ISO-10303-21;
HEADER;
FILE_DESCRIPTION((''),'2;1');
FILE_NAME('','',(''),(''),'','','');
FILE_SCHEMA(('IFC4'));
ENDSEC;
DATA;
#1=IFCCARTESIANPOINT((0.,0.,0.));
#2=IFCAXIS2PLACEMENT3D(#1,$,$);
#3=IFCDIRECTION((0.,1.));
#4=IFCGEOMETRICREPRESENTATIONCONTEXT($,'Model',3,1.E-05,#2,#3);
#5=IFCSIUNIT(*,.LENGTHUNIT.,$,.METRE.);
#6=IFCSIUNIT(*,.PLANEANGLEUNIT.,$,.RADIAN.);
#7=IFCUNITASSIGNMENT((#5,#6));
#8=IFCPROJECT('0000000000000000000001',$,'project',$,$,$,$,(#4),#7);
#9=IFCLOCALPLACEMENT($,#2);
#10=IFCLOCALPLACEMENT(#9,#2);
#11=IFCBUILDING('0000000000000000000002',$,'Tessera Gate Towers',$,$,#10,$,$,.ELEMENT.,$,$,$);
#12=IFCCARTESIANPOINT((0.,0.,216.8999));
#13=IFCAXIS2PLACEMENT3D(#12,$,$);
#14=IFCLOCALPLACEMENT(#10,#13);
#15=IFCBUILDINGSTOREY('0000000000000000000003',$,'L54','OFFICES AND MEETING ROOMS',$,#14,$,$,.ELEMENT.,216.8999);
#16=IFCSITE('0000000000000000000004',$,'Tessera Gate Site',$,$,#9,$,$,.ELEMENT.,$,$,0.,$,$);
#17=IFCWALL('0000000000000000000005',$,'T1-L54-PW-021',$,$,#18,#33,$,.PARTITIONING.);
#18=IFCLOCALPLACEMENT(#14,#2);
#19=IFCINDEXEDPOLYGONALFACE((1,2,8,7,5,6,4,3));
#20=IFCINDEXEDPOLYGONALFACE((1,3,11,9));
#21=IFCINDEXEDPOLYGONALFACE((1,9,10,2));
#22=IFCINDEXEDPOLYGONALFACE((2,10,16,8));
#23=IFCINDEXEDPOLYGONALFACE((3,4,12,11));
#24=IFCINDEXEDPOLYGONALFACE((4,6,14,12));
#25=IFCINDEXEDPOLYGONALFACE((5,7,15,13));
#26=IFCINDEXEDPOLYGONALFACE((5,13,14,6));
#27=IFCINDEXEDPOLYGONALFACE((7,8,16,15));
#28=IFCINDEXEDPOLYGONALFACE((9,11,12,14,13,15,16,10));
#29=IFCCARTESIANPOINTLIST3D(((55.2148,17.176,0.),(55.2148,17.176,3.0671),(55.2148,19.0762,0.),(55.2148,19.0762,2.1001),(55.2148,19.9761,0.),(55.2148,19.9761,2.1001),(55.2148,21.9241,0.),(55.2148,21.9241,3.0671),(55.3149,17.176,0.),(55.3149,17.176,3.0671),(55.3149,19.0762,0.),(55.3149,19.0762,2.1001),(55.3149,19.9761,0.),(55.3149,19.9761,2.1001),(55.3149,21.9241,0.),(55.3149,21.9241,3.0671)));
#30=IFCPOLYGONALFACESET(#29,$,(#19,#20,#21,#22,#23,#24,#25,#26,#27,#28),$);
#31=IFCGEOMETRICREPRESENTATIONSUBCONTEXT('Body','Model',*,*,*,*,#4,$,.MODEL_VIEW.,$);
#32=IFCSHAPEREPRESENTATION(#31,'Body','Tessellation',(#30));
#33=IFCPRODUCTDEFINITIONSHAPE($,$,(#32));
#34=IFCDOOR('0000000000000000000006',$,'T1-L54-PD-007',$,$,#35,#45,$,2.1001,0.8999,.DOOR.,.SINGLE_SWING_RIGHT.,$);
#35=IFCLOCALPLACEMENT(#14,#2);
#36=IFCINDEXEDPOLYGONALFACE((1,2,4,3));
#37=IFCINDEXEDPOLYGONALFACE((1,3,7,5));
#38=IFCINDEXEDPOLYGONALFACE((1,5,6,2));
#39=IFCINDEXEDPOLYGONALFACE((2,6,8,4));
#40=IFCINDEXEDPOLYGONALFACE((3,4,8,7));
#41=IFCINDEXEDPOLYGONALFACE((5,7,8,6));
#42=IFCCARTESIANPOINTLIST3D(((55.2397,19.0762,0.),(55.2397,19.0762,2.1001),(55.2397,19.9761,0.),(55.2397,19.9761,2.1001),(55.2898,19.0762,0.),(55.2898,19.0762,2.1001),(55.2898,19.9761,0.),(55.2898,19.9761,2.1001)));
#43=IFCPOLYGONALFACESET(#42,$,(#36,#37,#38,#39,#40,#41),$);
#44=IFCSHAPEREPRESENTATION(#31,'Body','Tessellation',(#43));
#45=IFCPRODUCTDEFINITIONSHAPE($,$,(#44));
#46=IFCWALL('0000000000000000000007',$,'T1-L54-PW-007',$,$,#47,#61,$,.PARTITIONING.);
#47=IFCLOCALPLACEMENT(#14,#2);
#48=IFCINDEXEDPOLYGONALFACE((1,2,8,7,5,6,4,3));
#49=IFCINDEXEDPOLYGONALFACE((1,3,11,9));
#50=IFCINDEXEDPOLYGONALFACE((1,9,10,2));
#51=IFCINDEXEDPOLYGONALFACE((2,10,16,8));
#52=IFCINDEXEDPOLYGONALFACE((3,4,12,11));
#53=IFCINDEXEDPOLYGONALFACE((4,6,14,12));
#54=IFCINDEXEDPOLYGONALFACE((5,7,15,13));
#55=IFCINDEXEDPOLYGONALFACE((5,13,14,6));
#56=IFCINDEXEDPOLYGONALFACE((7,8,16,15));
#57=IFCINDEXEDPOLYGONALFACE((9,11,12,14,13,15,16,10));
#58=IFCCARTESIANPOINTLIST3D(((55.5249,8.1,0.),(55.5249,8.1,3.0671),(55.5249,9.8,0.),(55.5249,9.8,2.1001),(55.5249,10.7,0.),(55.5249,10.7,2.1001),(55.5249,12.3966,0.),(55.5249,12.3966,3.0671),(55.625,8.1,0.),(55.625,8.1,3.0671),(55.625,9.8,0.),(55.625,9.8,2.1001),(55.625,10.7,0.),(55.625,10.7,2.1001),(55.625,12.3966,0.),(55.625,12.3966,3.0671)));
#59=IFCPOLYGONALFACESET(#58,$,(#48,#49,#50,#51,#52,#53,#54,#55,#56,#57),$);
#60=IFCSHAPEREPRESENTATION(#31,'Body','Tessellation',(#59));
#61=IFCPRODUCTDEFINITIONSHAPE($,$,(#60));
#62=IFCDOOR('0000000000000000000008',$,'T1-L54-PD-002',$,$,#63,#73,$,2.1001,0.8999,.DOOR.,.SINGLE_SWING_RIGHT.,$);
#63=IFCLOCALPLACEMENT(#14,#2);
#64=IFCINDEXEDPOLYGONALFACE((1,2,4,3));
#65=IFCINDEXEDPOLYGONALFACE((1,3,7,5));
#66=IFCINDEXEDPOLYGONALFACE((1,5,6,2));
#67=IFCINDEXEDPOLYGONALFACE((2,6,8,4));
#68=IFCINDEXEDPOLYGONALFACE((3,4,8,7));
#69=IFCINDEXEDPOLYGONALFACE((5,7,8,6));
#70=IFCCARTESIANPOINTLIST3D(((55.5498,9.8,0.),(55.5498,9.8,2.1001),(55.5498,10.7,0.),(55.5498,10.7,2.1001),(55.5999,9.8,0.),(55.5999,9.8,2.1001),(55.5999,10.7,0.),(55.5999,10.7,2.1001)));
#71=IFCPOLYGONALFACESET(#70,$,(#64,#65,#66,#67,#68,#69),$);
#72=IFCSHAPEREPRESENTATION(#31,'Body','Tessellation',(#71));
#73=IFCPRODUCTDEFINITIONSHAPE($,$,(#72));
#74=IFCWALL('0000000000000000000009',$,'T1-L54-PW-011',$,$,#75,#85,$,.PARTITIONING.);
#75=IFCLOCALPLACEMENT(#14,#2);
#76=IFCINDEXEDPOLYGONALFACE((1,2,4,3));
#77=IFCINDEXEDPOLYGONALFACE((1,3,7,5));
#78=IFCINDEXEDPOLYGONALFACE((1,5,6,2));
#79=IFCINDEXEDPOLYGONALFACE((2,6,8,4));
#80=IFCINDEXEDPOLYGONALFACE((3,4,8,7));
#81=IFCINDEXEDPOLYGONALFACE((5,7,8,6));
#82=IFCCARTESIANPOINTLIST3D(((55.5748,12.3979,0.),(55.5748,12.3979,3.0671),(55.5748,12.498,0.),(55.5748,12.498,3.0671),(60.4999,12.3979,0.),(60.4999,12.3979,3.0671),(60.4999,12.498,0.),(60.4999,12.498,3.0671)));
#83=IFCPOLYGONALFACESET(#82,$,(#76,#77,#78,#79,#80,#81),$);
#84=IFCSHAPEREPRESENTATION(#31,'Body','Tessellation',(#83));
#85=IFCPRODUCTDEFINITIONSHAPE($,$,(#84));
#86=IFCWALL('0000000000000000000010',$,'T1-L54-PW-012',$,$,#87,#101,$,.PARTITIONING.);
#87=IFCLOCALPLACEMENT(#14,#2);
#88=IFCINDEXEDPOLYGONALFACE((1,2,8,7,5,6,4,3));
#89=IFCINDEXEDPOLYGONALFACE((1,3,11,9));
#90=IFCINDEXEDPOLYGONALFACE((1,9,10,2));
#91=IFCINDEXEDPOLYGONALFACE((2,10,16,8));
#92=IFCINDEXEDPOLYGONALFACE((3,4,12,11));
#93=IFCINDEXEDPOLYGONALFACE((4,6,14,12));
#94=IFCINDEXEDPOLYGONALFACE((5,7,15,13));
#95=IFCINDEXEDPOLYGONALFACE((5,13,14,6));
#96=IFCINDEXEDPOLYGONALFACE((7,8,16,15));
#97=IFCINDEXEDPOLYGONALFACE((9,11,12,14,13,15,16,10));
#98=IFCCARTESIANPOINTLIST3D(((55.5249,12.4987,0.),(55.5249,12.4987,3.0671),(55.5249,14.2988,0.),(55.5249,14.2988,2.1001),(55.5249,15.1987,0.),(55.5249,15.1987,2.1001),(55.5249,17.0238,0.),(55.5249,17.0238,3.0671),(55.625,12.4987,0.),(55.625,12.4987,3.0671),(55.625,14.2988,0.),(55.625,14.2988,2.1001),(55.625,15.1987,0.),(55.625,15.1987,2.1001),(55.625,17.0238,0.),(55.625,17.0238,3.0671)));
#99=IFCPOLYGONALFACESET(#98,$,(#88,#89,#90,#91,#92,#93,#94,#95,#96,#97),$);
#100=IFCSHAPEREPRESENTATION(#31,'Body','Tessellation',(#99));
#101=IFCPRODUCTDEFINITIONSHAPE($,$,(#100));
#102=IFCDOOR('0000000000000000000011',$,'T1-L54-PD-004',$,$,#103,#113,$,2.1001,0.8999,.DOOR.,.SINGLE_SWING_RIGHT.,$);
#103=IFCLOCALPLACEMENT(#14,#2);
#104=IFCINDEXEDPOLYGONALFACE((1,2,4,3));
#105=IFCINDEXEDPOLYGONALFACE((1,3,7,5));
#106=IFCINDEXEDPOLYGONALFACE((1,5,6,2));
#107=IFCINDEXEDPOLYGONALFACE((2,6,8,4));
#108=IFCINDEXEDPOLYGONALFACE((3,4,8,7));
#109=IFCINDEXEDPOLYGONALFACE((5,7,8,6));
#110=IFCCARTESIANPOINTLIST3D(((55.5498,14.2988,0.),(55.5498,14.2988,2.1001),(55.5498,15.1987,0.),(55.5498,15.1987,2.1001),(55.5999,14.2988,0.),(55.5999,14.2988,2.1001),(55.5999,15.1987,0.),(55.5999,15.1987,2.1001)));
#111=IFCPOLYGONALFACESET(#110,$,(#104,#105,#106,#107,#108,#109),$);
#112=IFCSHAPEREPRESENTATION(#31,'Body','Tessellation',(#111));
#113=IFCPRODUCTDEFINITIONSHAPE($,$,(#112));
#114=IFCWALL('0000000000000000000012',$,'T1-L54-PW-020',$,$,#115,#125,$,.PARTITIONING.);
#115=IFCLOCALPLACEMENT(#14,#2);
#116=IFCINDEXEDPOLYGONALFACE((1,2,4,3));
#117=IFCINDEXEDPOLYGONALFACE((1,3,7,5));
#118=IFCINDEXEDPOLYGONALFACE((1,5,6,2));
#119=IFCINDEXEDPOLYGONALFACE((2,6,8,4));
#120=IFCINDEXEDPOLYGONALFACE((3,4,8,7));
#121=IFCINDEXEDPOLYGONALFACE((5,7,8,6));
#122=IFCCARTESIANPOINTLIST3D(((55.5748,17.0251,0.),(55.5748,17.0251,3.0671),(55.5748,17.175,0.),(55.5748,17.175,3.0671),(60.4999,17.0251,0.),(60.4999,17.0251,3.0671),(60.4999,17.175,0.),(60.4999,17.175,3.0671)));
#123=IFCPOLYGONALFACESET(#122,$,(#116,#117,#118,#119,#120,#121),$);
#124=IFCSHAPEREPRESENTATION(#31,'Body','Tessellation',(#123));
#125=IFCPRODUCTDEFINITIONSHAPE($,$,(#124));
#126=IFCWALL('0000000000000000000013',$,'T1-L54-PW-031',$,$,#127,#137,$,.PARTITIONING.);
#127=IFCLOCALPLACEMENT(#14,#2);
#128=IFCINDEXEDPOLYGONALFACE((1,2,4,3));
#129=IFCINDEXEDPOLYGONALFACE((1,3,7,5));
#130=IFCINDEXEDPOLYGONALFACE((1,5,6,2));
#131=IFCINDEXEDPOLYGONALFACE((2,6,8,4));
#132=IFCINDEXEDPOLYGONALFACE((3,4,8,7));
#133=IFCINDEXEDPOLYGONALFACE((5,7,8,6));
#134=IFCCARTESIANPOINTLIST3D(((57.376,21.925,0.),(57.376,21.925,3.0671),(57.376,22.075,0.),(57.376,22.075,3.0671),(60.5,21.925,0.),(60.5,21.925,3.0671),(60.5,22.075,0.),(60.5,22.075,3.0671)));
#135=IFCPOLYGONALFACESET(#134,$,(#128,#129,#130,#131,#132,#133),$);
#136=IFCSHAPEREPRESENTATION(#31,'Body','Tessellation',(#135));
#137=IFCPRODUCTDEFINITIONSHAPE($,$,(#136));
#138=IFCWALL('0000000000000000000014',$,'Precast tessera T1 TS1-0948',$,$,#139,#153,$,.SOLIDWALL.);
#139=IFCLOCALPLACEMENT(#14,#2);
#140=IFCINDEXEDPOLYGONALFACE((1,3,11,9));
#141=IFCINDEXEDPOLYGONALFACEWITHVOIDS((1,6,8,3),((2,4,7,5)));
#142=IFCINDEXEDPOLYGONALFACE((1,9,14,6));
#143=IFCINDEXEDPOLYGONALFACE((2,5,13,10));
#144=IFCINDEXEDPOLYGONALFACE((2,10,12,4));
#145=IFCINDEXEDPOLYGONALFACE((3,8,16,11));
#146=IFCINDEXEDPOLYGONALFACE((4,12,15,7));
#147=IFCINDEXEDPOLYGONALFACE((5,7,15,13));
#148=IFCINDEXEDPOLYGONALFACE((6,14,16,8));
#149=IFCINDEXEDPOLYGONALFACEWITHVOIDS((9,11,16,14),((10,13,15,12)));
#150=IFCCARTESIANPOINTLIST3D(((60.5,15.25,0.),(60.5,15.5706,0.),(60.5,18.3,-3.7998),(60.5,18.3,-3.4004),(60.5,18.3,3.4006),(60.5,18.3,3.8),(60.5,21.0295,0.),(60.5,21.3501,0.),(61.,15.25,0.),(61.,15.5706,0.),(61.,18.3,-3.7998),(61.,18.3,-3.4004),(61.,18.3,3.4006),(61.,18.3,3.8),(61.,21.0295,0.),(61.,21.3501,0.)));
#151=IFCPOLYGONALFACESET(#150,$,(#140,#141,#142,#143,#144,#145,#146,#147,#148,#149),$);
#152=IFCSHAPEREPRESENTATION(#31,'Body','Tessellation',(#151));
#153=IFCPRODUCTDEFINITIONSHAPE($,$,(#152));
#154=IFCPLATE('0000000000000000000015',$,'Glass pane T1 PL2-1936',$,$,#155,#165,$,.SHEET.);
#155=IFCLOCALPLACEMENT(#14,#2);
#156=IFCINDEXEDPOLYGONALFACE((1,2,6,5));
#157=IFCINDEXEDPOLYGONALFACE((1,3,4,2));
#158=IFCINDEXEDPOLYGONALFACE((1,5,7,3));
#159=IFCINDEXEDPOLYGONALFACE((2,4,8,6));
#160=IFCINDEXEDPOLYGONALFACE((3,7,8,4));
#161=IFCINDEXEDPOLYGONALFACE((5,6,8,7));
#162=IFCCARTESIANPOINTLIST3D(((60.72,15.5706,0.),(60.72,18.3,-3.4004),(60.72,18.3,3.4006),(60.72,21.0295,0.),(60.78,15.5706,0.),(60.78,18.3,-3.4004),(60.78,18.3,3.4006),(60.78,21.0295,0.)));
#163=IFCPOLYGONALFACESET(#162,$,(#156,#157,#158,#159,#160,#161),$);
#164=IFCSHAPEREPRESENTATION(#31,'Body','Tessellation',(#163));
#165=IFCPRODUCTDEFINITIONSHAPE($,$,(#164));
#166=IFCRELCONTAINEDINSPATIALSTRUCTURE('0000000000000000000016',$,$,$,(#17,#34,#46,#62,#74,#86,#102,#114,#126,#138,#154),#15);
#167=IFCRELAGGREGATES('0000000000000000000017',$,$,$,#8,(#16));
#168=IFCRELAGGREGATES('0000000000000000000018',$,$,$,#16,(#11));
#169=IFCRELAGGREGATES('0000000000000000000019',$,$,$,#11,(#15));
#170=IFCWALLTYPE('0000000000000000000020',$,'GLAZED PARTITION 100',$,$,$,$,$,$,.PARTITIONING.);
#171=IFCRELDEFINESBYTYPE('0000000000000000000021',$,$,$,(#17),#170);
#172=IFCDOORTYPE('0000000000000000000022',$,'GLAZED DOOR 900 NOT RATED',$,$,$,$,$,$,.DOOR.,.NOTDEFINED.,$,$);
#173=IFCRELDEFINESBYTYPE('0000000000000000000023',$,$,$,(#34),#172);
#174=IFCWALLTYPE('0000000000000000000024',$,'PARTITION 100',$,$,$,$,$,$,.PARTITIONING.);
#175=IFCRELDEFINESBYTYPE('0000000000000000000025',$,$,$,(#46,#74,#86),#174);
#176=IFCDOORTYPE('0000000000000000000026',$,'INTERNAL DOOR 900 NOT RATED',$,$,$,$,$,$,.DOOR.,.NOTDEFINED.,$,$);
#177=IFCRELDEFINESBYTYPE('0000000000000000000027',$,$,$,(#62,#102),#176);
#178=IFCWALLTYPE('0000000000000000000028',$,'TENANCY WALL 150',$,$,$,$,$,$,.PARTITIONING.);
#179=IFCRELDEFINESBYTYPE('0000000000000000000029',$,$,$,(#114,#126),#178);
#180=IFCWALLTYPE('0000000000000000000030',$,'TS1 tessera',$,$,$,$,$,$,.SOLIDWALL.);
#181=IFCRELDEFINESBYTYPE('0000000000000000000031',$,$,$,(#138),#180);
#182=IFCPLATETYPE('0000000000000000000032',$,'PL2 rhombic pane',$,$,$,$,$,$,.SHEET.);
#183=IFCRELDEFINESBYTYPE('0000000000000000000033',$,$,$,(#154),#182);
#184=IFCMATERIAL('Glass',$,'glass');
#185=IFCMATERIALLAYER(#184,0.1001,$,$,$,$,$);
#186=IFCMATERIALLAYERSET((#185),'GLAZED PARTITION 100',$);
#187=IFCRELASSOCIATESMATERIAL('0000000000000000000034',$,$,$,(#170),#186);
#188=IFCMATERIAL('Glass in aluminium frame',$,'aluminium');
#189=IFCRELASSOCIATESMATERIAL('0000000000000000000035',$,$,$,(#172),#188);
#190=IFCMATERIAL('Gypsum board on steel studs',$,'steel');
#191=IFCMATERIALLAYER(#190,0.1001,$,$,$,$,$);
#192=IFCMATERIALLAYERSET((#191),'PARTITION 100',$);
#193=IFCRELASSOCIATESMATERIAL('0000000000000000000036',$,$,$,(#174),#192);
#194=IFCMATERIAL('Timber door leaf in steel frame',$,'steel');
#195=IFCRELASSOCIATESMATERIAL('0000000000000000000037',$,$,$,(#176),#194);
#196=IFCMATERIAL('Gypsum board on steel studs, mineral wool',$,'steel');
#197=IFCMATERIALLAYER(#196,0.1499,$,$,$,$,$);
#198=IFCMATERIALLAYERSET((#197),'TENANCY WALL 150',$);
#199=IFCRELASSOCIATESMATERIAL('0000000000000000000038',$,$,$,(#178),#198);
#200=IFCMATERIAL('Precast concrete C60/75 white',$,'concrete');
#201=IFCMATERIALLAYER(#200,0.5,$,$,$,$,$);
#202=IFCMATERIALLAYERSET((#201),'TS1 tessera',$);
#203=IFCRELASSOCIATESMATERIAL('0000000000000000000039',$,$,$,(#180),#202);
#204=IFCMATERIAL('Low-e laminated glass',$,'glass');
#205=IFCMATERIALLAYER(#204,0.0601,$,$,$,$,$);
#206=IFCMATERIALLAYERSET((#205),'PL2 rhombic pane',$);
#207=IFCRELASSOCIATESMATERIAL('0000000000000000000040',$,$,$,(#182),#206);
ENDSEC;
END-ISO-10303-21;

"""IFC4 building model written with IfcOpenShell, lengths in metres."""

from ifc_helpers import new_model, si_unit, direction, frame, frame_2d, origin, place, context, subcontext, project, spatial, polyline, rectangle, outline, extrude, source, transform, mapped, material, layer, layer_set, type_object, element, fill, save


model = new_model("IFC4")

# Units and contexts
model_context = context("Model", 3, precision=1e-05, world=origin(), true_north=direction((0.0, 1.0)))
body_context = subcontext(model_context, "Body", "Model", "MODEL_VIEW")
ifc_project = project(units=[si_unit("LENGTHUNIT", "METRE"), si_unit("PLANEANGLEUNIT", "RADIAN")], contexts=[model_context])

# Site, building, storey
site_placement = place(None, origin())
site = spatial("IfcSite", under=ifc_project, at=site_placement, Name="Tessera Gate Site", CompositionType="ELEMENT", RefElevation=0.0)
building_placement = place(site_placement, origin())
building = spatial("IfcBuilding", under=site, at=building_placement, Name="Tessera Gate Towers", CompositionType="ELEMENT")
storey_placement = place(building_placement, frame((0.0, 0.0, 216.8999)))
storey = spatial("IfcBuildingStorey", under=building, at=storey_placement, Name="L54", Description="OFFICES AND MEETING ROOMS", CompositionType="ELEMENT", Elevation=216.8999)

# Shared definitions
ifc_material_1 = material(Name="Glass", Category="glass")
ifc_layer_1 = layer(ifc_material_1, 0.1001)
ifc_layer_set_1 = layer_set([ifc_layer_1], Name="GLAZED PARTITION 100")
wall_type_1 = type_object("IfcWallType", Name="GLAZED PARTITION 100", PredefinedType="PARTITIONING", material=ifc_layer_set_1)

# Walls, openings, doors
wall_1_placement = place(storey_placement, frame((55.2649, 21.9241, 0.0), z_axis=(0.0, 0.0, 1.0), x_axis=(0.0, -1.0, 0.0)))
wall_1 = element("IfcWall", 1, at=wall_1_placement, inside=storey, type_object=wall_type_1, Name="T1-L54-PW-021", PredefinedType="PARTITIONING", context=body_context, shape_type="SweptSolid", body=[
    extrude(rectangle(XDim=4.748, YDim=0.1001, at=frame_2d((2.374, 0.0))), origin(), (0.0, 0.0, 1.0), 3.0671),
])
shared_shape_1 = source(origin(), body_context, "Body", "SweptSolid", [
    extrude(rectangle(XDim=0.8999, YDim=2.1001, at=frame_2d((0.45, 1.05))), frame((0.0, 0.0601, 0.0), z_axis=(0.0, -1.0, 0.0), x_axis=(1.0, 0.0, 0.0)), (0.0, 0.0, 1.0), 0.1201),
])
opening_1_placement = place(wall_1_placement, frame((1.948, 0.0, 0.0)))
opening_1 = element("IfcOpeningElement", 2, at=opening_1_placement, cuts=wall_1, PredefinedType="OPENING", context=body_context, shape_type="MappedRepresentation", body=[
    mapped(shared_shape_1, transform((0.0, 0.0, 0.0), scale=1.0)),
])
ifc_material_2 = material(Name="Glass in aluminium frame", Category="aluminium")
door_type_1 = type_object("IfcDoorType", Name="GLAZED DOOR 900 NOT RATED", OperationType="NOTDEFINED", PredefinedType="DOOR", material=ifc_material_2)
shared_shape_2 = source(origin(), body_context, "Body", "SweptSolid", [
    extrude(rectangle(XDim=0.8999, YDim=2.1001, at=frame_2d((0.45, 1.05))), frame((0.0, 0.0249, 0.0), z_axis=(0.0, -1.0, 0.0), x_axis=(1.0, 0.0, 0.0)), (0.0, 0.0, 1.0), 0.05),
])
door_1_placement = place(opening_1_placement, origin())
door_1 = element("IfcDoor", 3, at=door_1_placement, inside=storey, type_object=door_type_1, Name="T1-L54-PD-007", OperationType="SINGLE_SWING_RIGHT", OverallHeight=2.1001, OverallWidth=0.8999, PredefinedType="DOOR", context=body_context, shape_type="MappedRepresentation", body=[
    mapped(shared_shape_2, transform((0.0, 0.0, 0.0), scale=1.0)),
])
fill(opening_1, door_1)
ifc_material_3 = material(Name="Gypsum board on steel studs", Category="steel")
ifc_layer_2 = layer(ifc_material_3, 0.1001)
ifc_layer_set_2 = layer_set([ifc_layer_2], Name="PARTITION 100")
wall_type_2 = type_object("IfcWallType", Name="PARTITION 100", PredefinedType="PARTITIONING", material=ifc_layer_set_2)
wall_2_placement = place(storey_placement, frame((55.575, 12.3967, 0.0), z_axis=(0.0, 0.0, 1.0), x_axis=(0.0, -1.0, 0.0)))
wall_2 = element("IfcWall", 4, at=wall_2_placement, inside=storey, type_object=wall_type_2, Name="T1-L54-PW-007", PredefinedType="PARTITIONING", context=body_context, shape_type="SweptSolid", body=[
    extrude(rectangle(XDim=4.2966, YDim=0.1001, at=frame_2d((2.1484, 0.0))), origin(), (0.0, 0.0, 1.0), 3.0671),
])
opening_2_placement = place(wall_2_placement, frame((1.6968, 0.0, 0.0)))
opening_2 = element("IfcOpeningElement", 5, at=opening_2_placement, cuts=wall_2, PredefinedType="OPENING", context=body_context, shape_type="MappedRepresentation", body=[
    mapped(shared_shape_1, transform((0.0, 0.0, 0.0), scale=1.0)),
])
ifc_material_4 = material(Name="Timber door leaf in steel frame", Category="steel")
door_type_2 = type_object("IfcDoorType", Name="INTERNAL DOOR 900 NOT RATED", OperationType="NOTDEFINED", PredefinedType="DOOR", material=ifc_material_4)
door_2_placement = place(opening_2_placement, origin())
door_2 = element("IfcDoor", 6, at=door_2_placement, inside=storey, type_object=door_type_2, Name="T1-L54-PD-002", OperationType="SINGLE_SWING_RIGHT", OverallHeight=2.1001, OverallWidth=0.8999, PredefinedType="DOOR", context=body_context, shape_type="MappedRepresentation", body=[
    mapped(shared_shape_2, transform((0.0, 0.0, 0.0), scale=1.0)),
])
fill(opening_2, door_2)

# Wall
wall_3_placement = place(storey_placement, frame((55.575, 12.448, 0.0), z_axis=(0.0, 0.0, 1.0), x_axis=(1.0, 0.0, 0.0)))
element("IfcWall", 7, at=wall_3_placement, inside=storey, type_object=wall_type_2, Name="T1-L54-PW-011", PredefinedType="PARTITIONING", context=body_context, shape_type="SweptSolid", body=[
    extrude(rectangle(XDim=4.925, YDim=0.1001, at=frame_2d((2.4624, 0.0))), origin(), (0.0, 0.0, 1.0), 3.0671),
])

# Wall, opening, door
wall_4_placement = place(storey_placement, frame((55.575, 17.0239, 0.0), z_axis=(0.0, 0.0, 1.0), x_axis=(0.0, -1.0, 0.0)))
wall_4 = element("IfcWall", 8, at=wall_4_placement, inside=storey, type_object=wall_type_2, Name="T1-L54-PW-012", PredefinedType="PARTITIONING", context=body_context, shape_type="SweptSolid", body=[
    extrude(rectangle(XDim=4.5251, YDim=0.1001, at=frame_2d((2.2627, 0.0))), origin(), (0.0, 0.0, 1.0), 3.0671),
])
opening_3_placement = place(wall_4_placement, frame((1.8252, 0.0, 0.0)))
opening_3 = element("IfcOpeningElement", 9, at=opening_3_placement, cuts=wall_4, PredefinedType="OPENING", context=body_context, shape_type="MappedRepresentation", body=[
    mapped(shared_shape_1, transform((0.0, 0.0, 0.0), scale=1.0)),
])
door_3_placement = place(opening_3_placement, origin())
door_3 = element("IfcDoor", 10, at=door_3_placement, inside=storey, type_object=door_type_2, Name="T1-L54-PD-004", OperationType="SINGLE_SWING_RIGHT", OverallHeight=2.1001, OverallWidth=0.8999, PredefinedType="DOOR", context=body_context, shape_type="MappedRepresentation", body=[
    mapped(shared_shape_2, transform((0.0, 0.0, 0.0), scale=1.0)),
])
fill(opening_3, door_3)

# Walls
ifc_material_5 = material(Name="Gypsum board on steel studs, mineral wool", Category="steel")
ifc_layer_3 = layer(ifc_material_5, 0.1499)
ifc_layer_set_3 = layer_set([ifc_layer_3], Name="TENANCY WALL 150")
wall_type_3 = type_object("IfcWallType", Name="TENANCY WALL 150", PredefinedType="PARTITIONING", material=ifc_layer_set_3)
wall_5_placement = place(storey_placement, frame((55.575, 17.1001, 0.0), z_axis=(0.0, 0.0, 1.0), x_axis=(1.0, 0.0, 0.0)))
element("IfcWall", 11, at=wall_5_placement, inside=storey, type_object=wall_type_3, Name="T1-L54-PW-020", PredefinedType="PARTITIONING", context=body_context, shape_type="SweptSolid", body=[
    extrude(rectangle(XDim=4.925, YDim=0.1499, at=frame_2d((2.4624, 0.0))), origin(), (0.0, 0.0, 1.0), 3.0671),
])
wall_6_placement = place(storey_placement, frame((57.376, 22.0, 0.0), z_axis=(0.0, 0.0, 1.0), x_axis=(1.0, 0.0, 0.0)))
element("IfcWall", 12, at=wall_6_placement, inside=storey, type_object=wall_type_3, Name="T1-L54-PW-031", PredefinedType="PARTITIONING", context=body_context, shape_type="SweptSolid", body=[
    extrude(rectangle(XDim=3.124, YDim=0.1499, at=frame_2d((1.562, 0.0))), origin(), (0.0, 0.0, 1.0), 3.0671),
])

# Wall, opening, plate
ifc_material_6 = material(Name="Precast concrete C60/75 white", Category="concrete")
ifc_layer_4 = layer(ifc_material_6, 0.5)
ifc_layer_set_4 = layer_set([ifc_layer_4], Name="TS1 tessera")
wall_type_4 = type_object("IfcWallType", Name="TS1 tessera", PredefinedType="SOLIDWALL", material=ifc_layer_set_4)
shared_shape_3 = source(origin(), body_context, "Body", "SweptSolid", [
    extrude(outline(polyline([(3.05, 0.0), (6.1001, 3.7998), (3.05, 7.5999), (0.0, 3.7998), (3.05, 0.0)])), frame((0.0, 0.25, 0.0), z_axis=(0.0, -1.0, 0.0), x_axis=(1.0, 0.0, 0.0)), (0.0, 0.0, 1.0), 0.5),
])
wall_7_placement = place(storey_placement, frame((60.75, 15.25, -3.7998), z_axis=(0.0, 0.0, 1.0), x_axis=(0.0, 1.0, 0.0)))
wall_7 = element("IfcWall", 13, at=wall_7_placement, inside=storey, type_object=wall_type_4, Name="Precast tessera T1 TS1-0948", PredefinedType="SOLIDWALL", context=body_context, shape_type="MappedRepresentation", body=[
    mapped(shared_shape_3, transform((0.0, 0.0, 0.0), scale=1.0)),
])
shared_shape_4 = source(origin(), body_context, "Body", "SweptSolid", [
    extrude(outline(polyline([(3.05, 0.3994), (5.7795, 3.7998), (3.05, 7.2004), (0.3206, 3.7998), (3.05, 0.3994)])), frame((0.0, 0.26, 0.0), z_axis=(0.0, -1.0, 0.0), x_axis=(1.0, 0.0, 0.0)), (0.0, 0.0, 1.0), 0.52),
])
opening_4_placement = place(wall_7_placement, origin())
opening_4 = element("IfcOpeningElement", 14, at=opening_4_placement, cuts=wall_7, PredefinedType="OPENING", context=body_context, shape_type="MappedRepresentation", body=[
    mapped(shared_shape_4, transform((0.0, 0.0, 0.0), scale=1.0)),
])
ifc_material_7 = material(Name="Low-e laminated glass", Category="glass")
ifc_layer_5 = layer(ifc_material_7, 0.0601)
ifc_layer_set_5 = layer_set([ifc_layer_5], Name="PL2 rhombic pane")
plate_type = type_object("IfcPlateType", Name="PL2 rhombic pane", PredefinedType="SHEET", material=ifc_layer_set_5)
shared_shape_5 = source(origin(), body_context, "Body", "SweptSolid", [
    extrude(outline(polyline([(3.05, 0.3994), (5.7795, 3.7998), (3.05, 7.2004), (0.3206, 3.7998), (3.05, 0.3994)])), frame((0.0, 0.03, 0.0), z_axis=(0.0, -1.0, 0.0), x_axis=(1.0, 0.0, 0.0)), (0.0, 0.0, 1.0), 0.0601),
])
plate_1_placement = place(opening_4_placement, origin())
plate_1 = element("IfcPlate", 15, at=plate_1_placement, inside=storey, type_object=plate_type, Name="Glass pane T1 PL2-1936", PredefinedType="SHEET", context=body_context, shape_type="MappedRepresentation", body=[
    mapped(shared_shape_5, transform((0.0, 0.0, 0.0), scale=1.0)),
])
fill(opening_4, plate_1)

save(model, "model.ifc")
